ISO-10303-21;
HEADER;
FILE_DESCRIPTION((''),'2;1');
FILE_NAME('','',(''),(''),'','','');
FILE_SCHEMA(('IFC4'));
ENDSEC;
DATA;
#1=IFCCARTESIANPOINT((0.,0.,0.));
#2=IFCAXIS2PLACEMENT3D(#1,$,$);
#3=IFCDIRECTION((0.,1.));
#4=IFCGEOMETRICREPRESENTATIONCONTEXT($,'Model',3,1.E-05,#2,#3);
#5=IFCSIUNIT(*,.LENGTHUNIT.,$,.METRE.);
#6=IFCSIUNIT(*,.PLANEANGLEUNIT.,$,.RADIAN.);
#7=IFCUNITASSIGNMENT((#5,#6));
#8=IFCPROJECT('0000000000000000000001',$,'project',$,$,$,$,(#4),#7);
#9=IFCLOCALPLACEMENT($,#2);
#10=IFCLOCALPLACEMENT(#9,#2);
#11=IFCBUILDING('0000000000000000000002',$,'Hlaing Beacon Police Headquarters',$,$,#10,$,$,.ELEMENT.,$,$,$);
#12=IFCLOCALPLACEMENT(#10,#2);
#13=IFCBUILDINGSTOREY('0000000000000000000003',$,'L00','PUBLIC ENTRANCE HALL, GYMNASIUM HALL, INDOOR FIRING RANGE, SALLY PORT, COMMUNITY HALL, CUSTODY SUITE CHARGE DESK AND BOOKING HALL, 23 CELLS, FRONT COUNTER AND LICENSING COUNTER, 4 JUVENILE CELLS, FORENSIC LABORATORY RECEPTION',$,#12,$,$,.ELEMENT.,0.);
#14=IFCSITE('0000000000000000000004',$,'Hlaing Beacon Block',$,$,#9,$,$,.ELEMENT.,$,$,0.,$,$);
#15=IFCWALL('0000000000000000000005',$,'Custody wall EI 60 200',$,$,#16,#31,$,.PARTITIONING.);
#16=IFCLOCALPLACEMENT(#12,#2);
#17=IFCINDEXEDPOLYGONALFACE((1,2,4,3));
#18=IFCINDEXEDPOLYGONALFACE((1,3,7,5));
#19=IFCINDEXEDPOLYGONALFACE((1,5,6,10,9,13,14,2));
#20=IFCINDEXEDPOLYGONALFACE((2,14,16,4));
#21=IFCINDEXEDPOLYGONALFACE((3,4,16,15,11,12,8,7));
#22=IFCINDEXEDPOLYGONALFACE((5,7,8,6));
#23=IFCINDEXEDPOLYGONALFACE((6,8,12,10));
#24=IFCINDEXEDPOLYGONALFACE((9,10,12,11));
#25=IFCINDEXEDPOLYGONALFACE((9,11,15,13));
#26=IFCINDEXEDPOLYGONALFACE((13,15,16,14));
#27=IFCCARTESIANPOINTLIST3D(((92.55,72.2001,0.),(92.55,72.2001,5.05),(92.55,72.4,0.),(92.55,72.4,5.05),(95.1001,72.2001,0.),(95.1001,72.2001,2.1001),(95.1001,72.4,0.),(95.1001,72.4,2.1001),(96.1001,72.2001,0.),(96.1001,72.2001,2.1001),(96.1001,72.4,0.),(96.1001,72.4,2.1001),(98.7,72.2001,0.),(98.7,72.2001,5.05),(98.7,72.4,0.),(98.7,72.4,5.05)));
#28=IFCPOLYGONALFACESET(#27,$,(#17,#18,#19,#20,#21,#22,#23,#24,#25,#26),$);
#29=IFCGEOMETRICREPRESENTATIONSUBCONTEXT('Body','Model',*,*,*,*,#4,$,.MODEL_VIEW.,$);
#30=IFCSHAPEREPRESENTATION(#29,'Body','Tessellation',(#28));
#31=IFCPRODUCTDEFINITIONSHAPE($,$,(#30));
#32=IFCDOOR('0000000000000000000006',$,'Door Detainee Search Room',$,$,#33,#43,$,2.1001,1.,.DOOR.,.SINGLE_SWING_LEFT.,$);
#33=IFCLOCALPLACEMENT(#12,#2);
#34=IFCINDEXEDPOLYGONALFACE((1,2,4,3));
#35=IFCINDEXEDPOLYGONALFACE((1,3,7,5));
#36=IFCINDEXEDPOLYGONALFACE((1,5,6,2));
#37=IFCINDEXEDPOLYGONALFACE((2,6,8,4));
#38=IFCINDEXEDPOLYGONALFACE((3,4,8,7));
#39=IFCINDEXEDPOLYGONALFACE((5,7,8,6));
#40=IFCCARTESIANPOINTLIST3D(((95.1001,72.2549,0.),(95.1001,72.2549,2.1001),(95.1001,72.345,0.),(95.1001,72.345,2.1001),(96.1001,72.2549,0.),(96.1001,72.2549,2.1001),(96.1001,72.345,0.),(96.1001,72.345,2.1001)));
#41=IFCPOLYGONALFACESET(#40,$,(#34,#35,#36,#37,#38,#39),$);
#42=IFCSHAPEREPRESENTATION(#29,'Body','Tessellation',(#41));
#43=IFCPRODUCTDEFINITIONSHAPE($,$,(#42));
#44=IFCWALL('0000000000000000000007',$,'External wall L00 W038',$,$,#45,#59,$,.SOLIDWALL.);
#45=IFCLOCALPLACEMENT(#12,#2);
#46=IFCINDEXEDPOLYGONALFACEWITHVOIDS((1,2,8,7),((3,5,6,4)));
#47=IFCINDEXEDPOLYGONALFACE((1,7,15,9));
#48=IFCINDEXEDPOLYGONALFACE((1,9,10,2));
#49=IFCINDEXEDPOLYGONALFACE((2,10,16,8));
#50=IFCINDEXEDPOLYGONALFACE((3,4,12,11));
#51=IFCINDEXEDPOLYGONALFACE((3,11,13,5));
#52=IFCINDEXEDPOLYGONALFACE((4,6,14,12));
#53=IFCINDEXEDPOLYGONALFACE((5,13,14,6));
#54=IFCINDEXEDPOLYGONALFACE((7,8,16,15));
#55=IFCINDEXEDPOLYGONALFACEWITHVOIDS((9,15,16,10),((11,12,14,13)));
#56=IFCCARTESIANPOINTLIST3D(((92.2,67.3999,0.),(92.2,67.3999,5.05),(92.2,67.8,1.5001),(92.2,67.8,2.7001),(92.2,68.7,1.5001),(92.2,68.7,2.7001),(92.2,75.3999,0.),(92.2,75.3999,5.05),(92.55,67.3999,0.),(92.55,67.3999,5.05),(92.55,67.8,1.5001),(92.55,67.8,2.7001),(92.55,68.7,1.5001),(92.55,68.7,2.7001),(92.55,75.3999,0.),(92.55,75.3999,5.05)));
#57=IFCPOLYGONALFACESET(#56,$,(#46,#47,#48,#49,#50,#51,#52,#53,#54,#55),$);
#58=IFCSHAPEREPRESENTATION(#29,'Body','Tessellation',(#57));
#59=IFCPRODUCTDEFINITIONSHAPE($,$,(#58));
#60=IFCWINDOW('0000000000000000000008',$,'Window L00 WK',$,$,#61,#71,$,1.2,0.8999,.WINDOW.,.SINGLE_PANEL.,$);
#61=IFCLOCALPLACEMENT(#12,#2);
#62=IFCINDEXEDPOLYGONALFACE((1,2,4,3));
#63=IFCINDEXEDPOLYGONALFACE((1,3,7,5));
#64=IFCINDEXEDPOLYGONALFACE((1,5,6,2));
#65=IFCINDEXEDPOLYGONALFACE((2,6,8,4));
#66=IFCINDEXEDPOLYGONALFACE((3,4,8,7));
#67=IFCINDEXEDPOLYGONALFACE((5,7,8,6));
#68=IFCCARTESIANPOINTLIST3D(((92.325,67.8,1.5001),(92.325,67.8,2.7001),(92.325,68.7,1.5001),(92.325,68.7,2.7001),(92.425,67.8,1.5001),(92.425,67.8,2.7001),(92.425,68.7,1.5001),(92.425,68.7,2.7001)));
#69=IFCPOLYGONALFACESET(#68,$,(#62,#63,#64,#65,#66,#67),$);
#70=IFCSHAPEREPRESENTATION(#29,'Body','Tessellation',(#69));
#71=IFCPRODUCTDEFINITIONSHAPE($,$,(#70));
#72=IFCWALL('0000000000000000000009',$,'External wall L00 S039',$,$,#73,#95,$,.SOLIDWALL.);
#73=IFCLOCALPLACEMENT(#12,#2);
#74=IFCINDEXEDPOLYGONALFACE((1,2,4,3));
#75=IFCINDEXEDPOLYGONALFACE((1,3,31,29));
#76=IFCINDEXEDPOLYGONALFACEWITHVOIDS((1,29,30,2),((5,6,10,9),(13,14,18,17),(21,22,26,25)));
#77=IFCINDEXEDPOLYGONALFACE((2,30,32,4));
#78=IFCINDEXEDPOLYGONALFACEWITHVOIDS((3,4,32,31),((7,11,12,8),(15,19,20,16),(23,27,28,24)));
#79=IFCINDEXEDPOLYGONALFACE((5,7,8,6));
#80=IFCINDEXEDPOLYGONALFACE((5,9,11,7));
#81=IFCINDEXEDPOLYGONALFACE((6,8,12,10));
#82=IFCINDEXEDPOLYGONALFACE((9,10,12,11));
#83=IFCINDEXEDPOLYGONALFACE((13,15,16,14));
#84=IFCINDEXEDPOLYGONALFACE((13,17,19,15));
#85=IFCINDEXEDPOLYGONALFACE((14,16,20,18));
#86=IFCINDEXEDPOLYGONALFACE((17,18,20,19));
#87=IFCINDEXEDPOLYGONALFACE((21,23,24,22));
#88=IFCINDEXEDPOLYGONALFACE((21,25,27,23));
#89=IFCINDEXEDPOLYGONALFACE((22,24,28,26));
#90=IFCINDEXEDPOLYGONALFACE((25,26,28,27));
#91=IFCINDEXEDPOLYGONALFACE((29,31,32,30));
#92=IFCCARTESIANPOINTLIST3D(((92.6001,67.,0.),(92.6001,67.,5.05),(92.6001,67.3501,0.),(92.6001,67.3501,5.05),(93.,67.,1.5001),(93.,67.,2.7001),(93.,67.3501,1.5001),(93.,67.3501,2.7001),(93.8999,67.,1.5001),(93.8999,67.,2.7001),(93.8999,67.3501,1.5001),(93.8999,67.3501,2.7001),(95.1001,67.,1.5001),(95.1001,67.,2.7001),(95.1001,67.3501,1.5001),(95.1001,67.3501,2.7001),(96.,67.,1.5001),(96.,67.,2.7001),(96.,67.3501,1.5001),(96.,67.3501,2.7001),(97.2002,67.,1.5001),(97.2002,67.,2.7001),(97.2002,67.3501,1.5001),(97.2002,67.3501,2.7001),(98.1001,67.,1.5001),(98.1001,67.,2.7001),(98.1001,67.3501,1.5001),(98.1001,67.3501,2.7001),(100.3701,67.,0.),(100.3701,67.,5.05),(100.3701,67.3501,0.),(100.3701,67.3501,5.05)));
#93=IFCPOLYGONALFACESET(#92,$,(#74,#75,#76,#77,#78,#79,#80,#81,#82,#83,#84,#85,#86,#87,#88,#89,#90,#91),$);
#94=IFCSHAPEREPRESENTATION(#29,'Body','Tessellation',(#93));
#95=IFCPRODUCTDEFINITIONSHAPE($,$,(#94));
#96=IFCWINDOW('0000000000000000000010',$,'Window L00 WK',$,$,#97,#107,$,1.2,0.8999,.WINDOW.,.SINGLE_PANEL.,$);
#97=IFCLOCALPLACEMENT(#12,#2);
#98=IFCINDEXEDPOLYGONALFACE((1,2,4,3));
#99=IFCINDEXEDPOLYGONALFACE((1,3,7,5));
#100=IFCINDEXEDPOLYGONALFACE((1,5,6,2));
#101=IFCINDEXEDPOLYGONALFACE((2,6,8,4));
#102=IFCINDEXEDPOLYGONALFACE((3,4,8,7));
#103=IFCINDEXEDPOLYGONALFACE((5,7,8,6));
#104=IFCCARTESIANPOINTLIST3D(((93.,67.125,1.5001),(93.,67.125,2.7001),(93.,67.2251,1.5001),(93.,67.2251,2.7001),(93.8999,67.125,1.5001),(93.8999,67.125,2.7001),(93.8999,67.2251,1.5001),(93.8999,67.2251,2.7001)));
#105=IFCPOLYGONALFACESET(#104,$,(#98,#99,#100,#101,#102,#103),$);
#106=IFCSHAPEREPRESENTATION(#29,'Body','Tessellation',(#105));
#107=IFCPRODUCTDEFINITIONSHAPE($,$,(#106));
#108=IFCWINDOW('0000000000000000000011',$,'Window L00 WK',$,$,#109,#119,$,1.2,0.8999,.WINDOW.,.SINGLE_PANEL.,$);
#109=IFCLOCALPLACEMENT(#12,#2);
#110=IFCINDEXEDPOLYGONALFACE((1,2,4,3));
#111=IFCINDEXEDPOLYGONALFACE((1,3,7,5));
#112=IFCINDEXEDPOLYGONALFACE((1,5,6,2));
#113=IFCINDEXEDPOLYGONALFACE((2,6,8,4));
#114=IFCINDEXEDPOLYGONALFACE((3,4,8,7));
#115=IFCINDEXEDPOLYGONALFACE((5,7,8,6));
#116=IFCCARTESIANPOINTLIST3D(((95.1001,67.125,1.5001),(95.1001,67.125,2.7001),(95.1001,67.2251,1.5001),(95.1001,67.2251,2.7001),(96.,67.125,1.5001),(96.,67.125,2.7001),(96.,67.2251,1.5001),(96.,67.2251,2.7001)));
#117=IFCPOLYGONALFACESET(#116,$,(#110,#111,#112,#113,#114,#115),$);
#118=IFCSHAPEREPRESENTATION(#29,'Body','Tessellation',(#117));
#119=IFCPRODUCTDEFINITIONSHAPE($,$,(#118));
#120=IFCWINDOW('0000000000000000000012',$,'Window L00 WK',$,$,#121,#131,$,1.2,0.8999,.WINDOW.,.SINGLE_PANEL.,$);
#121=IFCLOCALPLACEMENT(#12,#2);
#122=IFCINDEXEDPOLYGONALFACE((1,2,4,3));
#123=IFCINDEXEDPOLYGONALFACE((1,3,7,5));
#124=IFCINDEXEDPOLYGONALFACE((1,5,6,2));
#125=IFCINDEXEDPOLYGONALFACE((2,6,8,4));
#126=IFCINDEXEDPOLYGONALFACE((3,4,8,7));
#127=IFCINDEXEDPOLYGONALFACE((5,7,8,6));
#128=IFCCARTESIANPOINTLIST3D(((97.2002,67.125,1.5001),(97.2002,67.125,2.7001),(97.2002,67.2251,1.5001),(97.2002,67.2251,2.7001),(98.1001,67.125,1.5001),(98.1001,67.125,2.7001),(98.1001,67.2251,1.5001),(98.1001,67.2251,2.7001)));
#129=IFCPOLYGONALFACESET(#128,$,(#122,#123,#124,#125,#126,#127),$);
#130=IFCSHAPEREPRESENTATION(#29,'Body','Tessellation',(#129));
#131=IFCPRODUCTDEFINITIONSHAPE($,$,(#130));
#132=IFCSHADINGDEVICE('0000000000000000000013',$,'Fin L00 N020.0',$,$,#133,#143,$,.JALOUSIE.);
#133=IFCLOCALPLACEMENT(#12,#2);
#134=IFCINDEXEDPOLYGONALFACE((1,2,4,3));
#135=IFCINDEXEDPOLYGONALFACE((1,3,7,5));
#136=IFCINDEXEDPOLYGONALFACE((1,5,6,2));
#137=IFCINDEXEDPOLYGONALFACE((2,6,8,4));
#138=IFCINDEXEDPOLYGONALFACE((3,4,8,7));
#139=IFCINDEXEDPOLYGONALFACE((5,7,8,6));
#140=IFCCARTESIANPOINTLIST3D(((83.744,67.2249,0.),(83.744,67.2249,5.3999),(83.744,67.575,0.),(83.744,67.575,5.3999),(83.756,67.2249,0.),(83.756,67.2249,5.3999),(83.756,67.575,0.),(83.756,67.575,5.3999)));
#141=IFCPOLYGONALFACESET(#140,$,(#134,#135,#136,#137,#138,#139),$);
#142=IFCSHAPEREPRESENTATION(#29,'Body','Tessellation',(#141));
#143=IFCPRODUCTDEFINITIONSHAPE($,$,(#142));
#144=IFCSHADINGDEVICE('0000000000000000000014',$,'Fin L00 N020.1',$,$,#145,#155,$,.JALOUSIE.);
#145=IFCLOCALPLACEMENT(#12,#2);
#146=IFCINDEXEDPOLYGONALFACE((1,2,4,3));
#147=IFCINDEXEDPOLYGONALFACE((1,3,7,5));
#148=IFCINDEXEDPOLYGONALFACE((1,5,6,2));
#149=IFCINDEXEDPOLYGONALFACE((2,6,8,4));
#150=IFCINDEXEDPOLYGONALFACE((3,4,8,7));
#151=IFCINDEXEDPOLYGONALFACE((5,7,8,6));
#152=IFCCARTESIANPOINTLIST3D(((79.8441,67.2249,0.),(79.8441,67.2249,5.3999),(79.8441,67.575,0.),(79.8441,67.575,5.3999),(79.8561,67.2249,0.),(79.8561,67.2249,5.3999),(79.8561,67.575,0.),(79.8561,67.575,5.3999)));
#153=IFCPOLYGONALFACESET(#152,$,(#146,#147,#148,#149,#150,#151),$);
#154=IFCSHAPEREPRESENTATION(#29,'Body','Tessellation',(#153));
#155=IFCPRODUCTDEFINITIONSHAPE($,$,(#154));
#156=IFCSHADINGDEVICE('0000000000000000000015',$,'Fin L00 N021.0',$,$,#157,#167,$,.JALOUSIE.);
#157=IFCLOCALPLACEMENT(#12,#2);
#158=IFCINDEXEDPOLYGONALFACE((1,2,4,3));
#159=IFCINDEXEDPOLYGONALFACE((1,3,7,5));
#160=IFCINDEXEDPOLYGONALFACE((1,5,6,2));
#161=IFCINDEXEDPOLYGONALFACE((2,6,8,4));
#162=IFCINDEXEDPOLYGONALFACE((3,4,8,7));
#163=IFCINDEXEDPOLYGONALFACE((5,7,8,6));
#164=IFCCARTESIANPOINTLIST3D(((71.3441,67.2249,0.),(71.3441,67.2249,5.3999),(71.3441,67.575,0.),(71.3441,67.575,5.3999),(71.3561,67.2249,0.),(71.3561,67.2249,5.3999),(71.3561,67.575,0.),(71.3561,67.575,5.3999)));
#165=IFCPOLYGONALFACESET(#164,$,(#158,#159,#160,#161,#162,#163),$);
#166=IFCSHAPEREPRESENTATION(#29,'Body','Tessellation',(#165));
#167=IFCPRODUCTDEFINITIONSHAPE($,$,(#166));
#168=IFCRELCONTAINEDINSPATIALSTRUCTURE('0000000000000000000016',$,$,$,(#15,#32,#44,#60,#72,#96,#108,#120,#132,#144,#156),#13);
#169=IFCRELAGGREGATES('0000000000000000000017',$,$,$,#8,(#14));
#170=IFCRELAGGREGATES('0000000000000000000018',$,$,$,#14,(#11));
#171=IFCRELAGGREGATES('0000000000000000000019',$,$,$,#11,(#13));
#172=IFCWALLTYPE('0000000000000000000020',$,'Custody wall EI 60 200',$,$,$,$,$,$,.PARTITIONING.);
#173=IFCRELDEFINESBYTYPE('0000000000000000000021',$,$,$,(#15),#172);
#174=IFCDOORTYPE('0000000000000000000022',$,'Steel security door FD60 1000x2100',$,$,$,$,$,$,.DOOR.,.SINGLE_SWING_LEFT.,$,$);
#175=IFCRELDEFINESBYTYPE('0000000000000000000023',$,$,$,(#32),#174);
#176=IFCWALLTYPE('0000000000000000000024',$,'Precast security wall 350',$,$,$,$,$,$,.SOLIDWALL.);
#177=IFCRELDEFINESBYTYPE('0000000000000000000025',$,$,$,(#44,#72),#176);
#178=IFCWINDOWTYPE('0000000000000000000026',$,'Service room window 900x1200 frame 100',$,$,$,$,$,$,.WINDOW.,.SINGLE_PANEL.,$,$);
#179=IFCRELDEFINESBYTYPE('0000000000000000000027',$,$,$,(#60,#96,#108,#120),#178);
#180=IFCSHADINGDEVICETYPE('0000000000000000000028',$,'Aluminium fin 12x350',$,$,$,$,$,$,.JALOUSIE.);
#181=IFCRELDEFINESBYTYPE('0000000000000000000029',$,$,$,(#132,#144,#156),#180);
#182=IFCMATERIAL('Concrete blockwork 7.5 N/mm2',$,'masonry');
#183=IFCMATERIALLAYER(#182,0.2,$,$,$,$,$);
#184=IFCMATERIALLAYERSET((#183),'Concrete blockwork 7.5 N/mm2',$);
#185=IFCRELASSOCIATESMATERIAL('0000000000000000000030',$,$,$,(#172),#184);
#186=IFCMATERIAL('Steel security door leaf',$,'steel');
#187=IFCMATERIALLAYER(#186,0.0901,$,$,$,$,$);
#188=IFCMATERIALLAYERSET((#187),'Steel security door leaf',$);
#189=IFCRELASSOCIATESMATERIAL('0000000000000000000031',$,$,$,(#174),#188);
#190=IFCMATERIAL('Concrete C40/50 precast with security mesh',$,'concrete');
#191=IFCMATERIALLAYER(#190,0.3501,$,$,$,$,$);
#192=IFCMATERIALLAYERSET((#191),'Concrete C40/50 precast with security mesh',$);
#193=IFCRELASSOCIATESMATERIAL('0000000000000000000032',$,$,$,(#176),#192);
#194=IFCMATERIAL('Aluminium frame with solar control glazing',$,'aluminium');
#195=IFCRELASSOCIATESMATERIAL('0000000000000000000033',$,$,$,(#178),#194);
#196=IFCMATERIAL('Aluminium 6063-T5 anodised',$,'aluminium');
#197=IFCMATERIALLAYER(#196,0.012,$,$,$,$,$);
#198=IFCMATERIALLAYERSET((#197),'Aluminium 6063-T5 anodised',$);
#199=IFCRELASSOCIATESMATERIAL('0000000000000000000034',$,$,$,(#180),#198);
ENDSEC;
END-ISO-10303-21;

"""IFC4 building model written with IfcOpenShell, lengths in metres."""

from ifc_helpers import new_model, si_unit, direction, frame, frame_2d, origin, origin_2d, place, context, subcontext, project, spatial, rectangle, extrude, material, layer, layer_set, type_object, element, fill, save


model = new_model("IFC4")

# Units and contexts
model_context = context("Model", 3, precision=1e-05, world=origin(), true_north=direction((0.0, 1.0)))
body_context = subcontext(model_context, "Body", "Model", "MODEL_VIEW")
ifc_project = project(units=[si_unit("LENGTHUNIT", "METRE"), si_unit("PLANEANGLEUNIT", "RADIAN")], contexts=[model_context])

# Site, building, storey
site_placement = place(None, origin())
site = spatial("IfcSite", under=ifc_project, at=site_placement, Name="Hlaing Beacon Block", CompositionType="ELEMENT", RefElevation=0.0)
building_placement = place(site_placement, origin())
building = spatial("IfcBuilding", under=site, at=building_placement, Name="Hlaing Beacon Police Headquarters", CompositionType="ELEMENT")
storey_placement = place(building_placement, origin())
storey = spatial("IfcBuildingStorey", under=building, at=storey_placement, Name="L00", Description="PUBLIC ENTRANCE HALL, GYMNASIUM HALL, INDOOR FIRING RANGE, SALLY PORT, COMMUNITY HALL, CUSTODY SUITE CHARGE DESK AND BOOKING HALL, 23 CELLS, FRONT COUNTER AND LICENSING COUNTER, 4 JUVENILE CELLS, FORENSIC LABORATORY RECEPTION", CompositionType="ELEMENT", Elevation=0.0)

# Wall, opening, door
ifc_material_1 = material(Name="Concrete blockwork 7.5 N/mm2", Category="masonry")
ifc_layer_1 = layer(ifc_material_1, 0.2)
ifc_layer_set_1 = layer_set([ifc_layer_1], Name="Concrete blockwork 7.5 N/mm2")
wall_type_1 = type_object("IfcWallType", Name="Custody wall EI 60 200", PredefinedType="PARTITIONING", material=ifc_layer_set_1)
ifc_material_2 = material(Name="Steel security door leaf", Category="steel")
ifc_layer_2 = layer(ifc_material_2, 0.0901)
ifc_layer_set_2 = layer_set([ifc_layer_2], Name="Steel security door leaf")
door_type_1 = type_object("IfcDoorType", Name="Steel security door FD60 1000x2100", OperationType="SINGLE_SWING_LEFT", PredefinedType="DOOR", material=ifc_layer_set_2)
wall_1_placement = place(storey_placement, frame((92.55, 72.3, 0.0), z_axis=(0.0, 0.0, 1.0), x_axis=(1.0, 0.0, 0.0)))
wall_1 = element("IfcWall", 1, at=wall_1_placement, inside=storey, type_object=wall_type_1, Name="Custody wall EI 60 200", PredefinedType="PARTITIONING", context=body_context, shape_type="SweptSolid", body=[
    extrude(rectangle(XDim=6.1499, YDim=0.2, at=frame_2d((3.075, 0.0))), origin(), (0.0, 0.0, 1.0), 5.05),
])
opening_1_placement = place(wall_1_placement, frame((2.55, 0.0, 0.0)))
opening_1 = element("IfcOpeningElement", 2, at=opening_1_placement, cuts=wall_1, PredefinedType="OPENING", context=body_context, shape_type="SweptSolid", body=[
    extrude(rectangle(XDim=1.0, YDim=2.1001, at=frame_2d((0.5, 1.05))), frame((0.0, 0.1099, 0.0), z_axis=(0.0, -1.0, 0.0), x_axis=(1.0, 0.0, 0.0)), (0.0, 0.0, 1.0), 0.22),
])
door_1_placement = place(opening_1_placement, origin())
door_1 = element("IfcDoor", 3, at=door_1_placement, inside=storey, type_object=door_type_1, Name="Door Detainee Search Room", OperationType="SINGLE_SWING_LEFT", OverallHeight=2.1001, OverallWidth=1.0, PredefinedType="DOOR", context=body_context, shape_type="SweptSolid", body=[
    extrude(rectangle(XDim=1.0, YDim=2.1001, at=frame_2d((0.5, 1.05))), frame((0.0, 0.0449, 0.0), z_axis=(0.0, -1.0, 0.0), x_axis=(1.0, 0.0, 0.0)), (0.0, 0.0, 1.0), 0.0901),
])
fill(opening_1, door_1)

# Wall, opening, window
ifc_material_3 = material(Name="Concrete C40/50 precast with security mesh", Category="concrete")
ifc_layer_3 = layer(ifc_material_3, 0.3501)
ifc_layer_set_3 = layer_set([ifc_layer_3], Name="Concrete C40/50 precast with security mesh")
wall_type_2 = type_object("IfcWallType", Name="Precast security wall 350", PredefinedType="SOLIDWALL", material=ifc_layer_set_3)
wall_2_placement = place(storey_placement, frame((92.375, 75.3999, 0.0), z_axis=(0.0, 0.0, 1.0), x_axis=(0.0, -1.0, 0.0)))
wall_2 = element("IfcWall", 4, at=wall_2_placement, inside=storey, type_object=wall_type_2, Name="External wall L00 W038", PredefinedType="SOLIDWALL", context=body_context, shape_type="SweptSolid", body=[
    extrude(rectangle(XDim=8.0, YDim=0.3501, at=frame_2d((4.0, 0.0))), origin(), (0.0, 0.0, 1.0), 5.05),
])
opening_2_placement = place(wall_2_placement, frame((6.7, 0.0, 1.5)))
opening_2 = element("IfcOpeningElement", 5, at=opening_2_placement, cuts=wall_2, PredefinedType="OPENING", context=body_context, shape_type="SweptSolid", body=[
    extrude(rectangle(XDim=0.8999, YDim=1.2, at=frame_2d((0.45, 0.6001))), frame((0.0, 0.1851, 0.0), z_axis=(0.0, -1.0, 0.0), x_axis=(1.0, 0.0, 0.0)), (0.0, 0.0, 1.0), 0.3701),
])
ifc_material_4 = material(Name="Aluminium frame with solar control glazing", Category="aluminium")
window_type = type_object("IfcWindowType", Name="Service room window 900x1200 frame 100", PartitioningType="SINGLE_PANEL", PredefinedType="WINDOW", material=ifc_material_4)
window_1_placement = place(opening_2_placement, origin())
window_1 = element("IfcWindow", 6, at=window_1_placement, inside=storey, type_object=window_type, Name="Window L00 WK", OverallHeight=1.2, OverallWidth=0.8999, PartitioningType="SINGLE_PANEL", PredefinedType="WINDOW", context=body_context, shape_type="SweptSolid", body=[
    extrude(rectangle(XDim=0.8999, YDim=1.2, at=frame_2d((0.45, 0.6001))), frame((0.0, 0.05, 0.0), z_axis=(0.0, -1.0, 0.0), x_axis=(1.0, 0.0, 0.0)), (0.0, 0.0, 1.0), 0.1001),
])
fill(opening_2, window_1)

# Wall, openings, windows
wall_3_placement = place(storey_placement, frame((92.6001, 67.175, 0.0), z_axis=(0.0, 0.0, 1.0), x_axis=(1.0, 0.0, 0.0)))
wall_3 = element("IfcWall", 7, at=wall_3_placement, inside=storey, type_object=wall_type_2, Name="External wall L00 S039", PredefinedType="SOLIDWALL", context=body_context, shape_type="SweptSolid", body=[
    extrude(rectangle(XDim=7.77, YDim=0.3501, at=frame_2d((3.885, 0.0))), origin(), (0.0, 0.0, 1.0), 5.05),
])
opening_3_placement = place(wall_3_placement, frame((0.3999, 0.0, 1.5)))
opening_3 = element("IfcOpeningElement", 8, at=opening_3_placement, cuts=wall_3, PredefinedType="OPENING", context=body_context, shape_type="SweptSolid", body=[
    extrude(rectangle(XDim=0.8999, YDim=1.2, at=frame_2d((0.45, 0.6001))), frame((0.0, 0.1851, 0.0), z_axis=(0.0, -1.0, 0.0), x_axis=(1.0, 0.0, 0.0)), (0.0, 0.0, 1.0), 0.3701),
])
opening_4_placement = place(wall_3_placement, frame((2.5, 0.0, 1.5)))
opening_4 = element("IfcOpeningElement", 9, at=opening_4_placement, cuts=wall_3, PredefinedType="OPENING", context=body_context, shape_type="SweptSolid", body=[
    extrude(rectangle(XDim=0.8999, YDim=1.2, at=frame_2d((0.45, 0.6001))), frame((0.0, 0.1851, 0.0), z_axis=(0.0, -1.0, 0.0), x_axis=(1.0, 0.0, 0.0)), (0.0, 0.0, 1.0), 0.3701),
])
opening_5_placement = place(wall_3_placement, frame((4.6001, 0.0, 1.5)))
opening_5 = element("IfcOpeningElement", 10, at=opening_5_placement, cuts=wall_3, PredefinedType="OPENING", context=body_context, shape_type="SweptSolid", body=[
    extrude(rectangle(XDim=0.8999, YDim=1.2, at=frame_2d((0.45, 0.6001))), frame((0.0, 0.1851, 0.0), z_axis=(0.0, -1.0, 0.0), x_axis=(1.0, 0.0, 0.0)), (0.0, 0.0, 1.0), 0.3701),
])
window_2_placement = place(opening_3_placement, origin())
window_2 = element("IfcWindow", 11, at=window_2_placement, inside=storey, type_object=window_type, Name="Window L00 WK", OverallHeight=1.2, OverallWidth=0.8999, PartitioningType="SINGLE_PANEL", PredefinedType="WINDOW", context=body_context, shape_type="SweptSolid", body=[
    extrude(rectangle(XDim=0.8999, YDim=1.2, at=frame_2d((0.45, 0.6001))), frame((0.0, 0.05, 0.0), z_axis=(0.0, -1.0, 0.0), x_axis=(1.0, 0.0, 0.0)), (0.0, 0.0, 1.0), 0.1001),
])
fill(opening_3, window_2)
window_3_placement = place(opening_4_placement, origin())
window_3 = element("IfcWindow", 12, at=window_3_placement, inside=storey, type_object=window_type, Name="Window L00 WK", OverallHeight=1.2, OverallWidth=0.8999, PartitioningType="SINGLE_PANEL", PredefinedType="WINDOW", context=body_context, shape_type="SweptSolid", body=[
    extrude(rectangle(XDim=0.8999, YDim=1.2, at=frame_2d((0.45, 0.6001))), frame((0.0, 0.05, 0.0), z_axis=(0.0, -1.0, 0.0), x_axis=(1.0, 0.0, 0.0)), (0.0, 0.0, 1.0), 0.1001),
])
fill(opening_4, window_3)
window_4_placement = place(opening_5_placement, origin())
window_4 = element("IfcWindow", 13, at=window_4_placement, inside=storey, type_object=window_type, Name="Window L00 WK", OverallHeight=1.2, OverallWidth=0.8999, PartitioningType="SINGLE_PANEL", PredefinedType="WINDOW", context=body_context, shape_type="SweptSolid", body=[
    extrude(rectangle(XDim=0.8999, YDim=1.2, at=frame_2d((0.45, 0.6001))), frame((0.0, 0.05, 0.0), z_axis=(0.0, -1.0, 0.0), x_axis=(1.0, 0.0, 0.0)), (0.0, 0.0, 1.0), 0.1001),
])
fill(opening_5, window_4)

# Shading devices
ifc_material_5 = material(Name="Aluminium 6063-T5 anodised", Category="aluminium")
ifc_layer_4 = layer(ifc_material_5, 0.012)
ifc_layer_set_4 = layer_set([ifc_layer_4], Name="Aluminium 6063-T5 anodised")
shading_device_type = type_object("IfcShadingDeviceType", Name="Aluminium fin 12x350", PredefinedType="JALOUSIE", material=ifc_layer_set_4)
for number, where, z_axis, x_axis, name in (
    (14, (83.75, 67.3999, 0.0), (0.0, 0.0, 1.0), (-1.0, 0.0, 0.0), "Fin L00 N020.0"),
    (15, (79.8501, 67.3999, 0.0), (0.0, 0.0, 1.0), (-1.0, 0.0, 0.0), "Fin L00 N020.1"),
    (16, (71.3501, 67.3999, 0.0), (0.0, 0.0, 1.0), (-1.0, 0.0, 0.0), "Fin L00 N021.0"),
):
    element("IfcShadingDevice", number, at=place(storey_placement, frame(where, z_axis=z_axis, x_axis=x_axis)), inside=storey, type_object=shading_device_type, Name=name, PredefinedType="JALOUSIE", context=body_context, shape_type="SweptSolid", body=[
        extrude(rectangle(XDim=0.012, YDim=0.3501, at=origin_2d()), origin(), (0.0, 0.0, 1.0), 5.3999),
    ])

save(model, "model.ifc")
